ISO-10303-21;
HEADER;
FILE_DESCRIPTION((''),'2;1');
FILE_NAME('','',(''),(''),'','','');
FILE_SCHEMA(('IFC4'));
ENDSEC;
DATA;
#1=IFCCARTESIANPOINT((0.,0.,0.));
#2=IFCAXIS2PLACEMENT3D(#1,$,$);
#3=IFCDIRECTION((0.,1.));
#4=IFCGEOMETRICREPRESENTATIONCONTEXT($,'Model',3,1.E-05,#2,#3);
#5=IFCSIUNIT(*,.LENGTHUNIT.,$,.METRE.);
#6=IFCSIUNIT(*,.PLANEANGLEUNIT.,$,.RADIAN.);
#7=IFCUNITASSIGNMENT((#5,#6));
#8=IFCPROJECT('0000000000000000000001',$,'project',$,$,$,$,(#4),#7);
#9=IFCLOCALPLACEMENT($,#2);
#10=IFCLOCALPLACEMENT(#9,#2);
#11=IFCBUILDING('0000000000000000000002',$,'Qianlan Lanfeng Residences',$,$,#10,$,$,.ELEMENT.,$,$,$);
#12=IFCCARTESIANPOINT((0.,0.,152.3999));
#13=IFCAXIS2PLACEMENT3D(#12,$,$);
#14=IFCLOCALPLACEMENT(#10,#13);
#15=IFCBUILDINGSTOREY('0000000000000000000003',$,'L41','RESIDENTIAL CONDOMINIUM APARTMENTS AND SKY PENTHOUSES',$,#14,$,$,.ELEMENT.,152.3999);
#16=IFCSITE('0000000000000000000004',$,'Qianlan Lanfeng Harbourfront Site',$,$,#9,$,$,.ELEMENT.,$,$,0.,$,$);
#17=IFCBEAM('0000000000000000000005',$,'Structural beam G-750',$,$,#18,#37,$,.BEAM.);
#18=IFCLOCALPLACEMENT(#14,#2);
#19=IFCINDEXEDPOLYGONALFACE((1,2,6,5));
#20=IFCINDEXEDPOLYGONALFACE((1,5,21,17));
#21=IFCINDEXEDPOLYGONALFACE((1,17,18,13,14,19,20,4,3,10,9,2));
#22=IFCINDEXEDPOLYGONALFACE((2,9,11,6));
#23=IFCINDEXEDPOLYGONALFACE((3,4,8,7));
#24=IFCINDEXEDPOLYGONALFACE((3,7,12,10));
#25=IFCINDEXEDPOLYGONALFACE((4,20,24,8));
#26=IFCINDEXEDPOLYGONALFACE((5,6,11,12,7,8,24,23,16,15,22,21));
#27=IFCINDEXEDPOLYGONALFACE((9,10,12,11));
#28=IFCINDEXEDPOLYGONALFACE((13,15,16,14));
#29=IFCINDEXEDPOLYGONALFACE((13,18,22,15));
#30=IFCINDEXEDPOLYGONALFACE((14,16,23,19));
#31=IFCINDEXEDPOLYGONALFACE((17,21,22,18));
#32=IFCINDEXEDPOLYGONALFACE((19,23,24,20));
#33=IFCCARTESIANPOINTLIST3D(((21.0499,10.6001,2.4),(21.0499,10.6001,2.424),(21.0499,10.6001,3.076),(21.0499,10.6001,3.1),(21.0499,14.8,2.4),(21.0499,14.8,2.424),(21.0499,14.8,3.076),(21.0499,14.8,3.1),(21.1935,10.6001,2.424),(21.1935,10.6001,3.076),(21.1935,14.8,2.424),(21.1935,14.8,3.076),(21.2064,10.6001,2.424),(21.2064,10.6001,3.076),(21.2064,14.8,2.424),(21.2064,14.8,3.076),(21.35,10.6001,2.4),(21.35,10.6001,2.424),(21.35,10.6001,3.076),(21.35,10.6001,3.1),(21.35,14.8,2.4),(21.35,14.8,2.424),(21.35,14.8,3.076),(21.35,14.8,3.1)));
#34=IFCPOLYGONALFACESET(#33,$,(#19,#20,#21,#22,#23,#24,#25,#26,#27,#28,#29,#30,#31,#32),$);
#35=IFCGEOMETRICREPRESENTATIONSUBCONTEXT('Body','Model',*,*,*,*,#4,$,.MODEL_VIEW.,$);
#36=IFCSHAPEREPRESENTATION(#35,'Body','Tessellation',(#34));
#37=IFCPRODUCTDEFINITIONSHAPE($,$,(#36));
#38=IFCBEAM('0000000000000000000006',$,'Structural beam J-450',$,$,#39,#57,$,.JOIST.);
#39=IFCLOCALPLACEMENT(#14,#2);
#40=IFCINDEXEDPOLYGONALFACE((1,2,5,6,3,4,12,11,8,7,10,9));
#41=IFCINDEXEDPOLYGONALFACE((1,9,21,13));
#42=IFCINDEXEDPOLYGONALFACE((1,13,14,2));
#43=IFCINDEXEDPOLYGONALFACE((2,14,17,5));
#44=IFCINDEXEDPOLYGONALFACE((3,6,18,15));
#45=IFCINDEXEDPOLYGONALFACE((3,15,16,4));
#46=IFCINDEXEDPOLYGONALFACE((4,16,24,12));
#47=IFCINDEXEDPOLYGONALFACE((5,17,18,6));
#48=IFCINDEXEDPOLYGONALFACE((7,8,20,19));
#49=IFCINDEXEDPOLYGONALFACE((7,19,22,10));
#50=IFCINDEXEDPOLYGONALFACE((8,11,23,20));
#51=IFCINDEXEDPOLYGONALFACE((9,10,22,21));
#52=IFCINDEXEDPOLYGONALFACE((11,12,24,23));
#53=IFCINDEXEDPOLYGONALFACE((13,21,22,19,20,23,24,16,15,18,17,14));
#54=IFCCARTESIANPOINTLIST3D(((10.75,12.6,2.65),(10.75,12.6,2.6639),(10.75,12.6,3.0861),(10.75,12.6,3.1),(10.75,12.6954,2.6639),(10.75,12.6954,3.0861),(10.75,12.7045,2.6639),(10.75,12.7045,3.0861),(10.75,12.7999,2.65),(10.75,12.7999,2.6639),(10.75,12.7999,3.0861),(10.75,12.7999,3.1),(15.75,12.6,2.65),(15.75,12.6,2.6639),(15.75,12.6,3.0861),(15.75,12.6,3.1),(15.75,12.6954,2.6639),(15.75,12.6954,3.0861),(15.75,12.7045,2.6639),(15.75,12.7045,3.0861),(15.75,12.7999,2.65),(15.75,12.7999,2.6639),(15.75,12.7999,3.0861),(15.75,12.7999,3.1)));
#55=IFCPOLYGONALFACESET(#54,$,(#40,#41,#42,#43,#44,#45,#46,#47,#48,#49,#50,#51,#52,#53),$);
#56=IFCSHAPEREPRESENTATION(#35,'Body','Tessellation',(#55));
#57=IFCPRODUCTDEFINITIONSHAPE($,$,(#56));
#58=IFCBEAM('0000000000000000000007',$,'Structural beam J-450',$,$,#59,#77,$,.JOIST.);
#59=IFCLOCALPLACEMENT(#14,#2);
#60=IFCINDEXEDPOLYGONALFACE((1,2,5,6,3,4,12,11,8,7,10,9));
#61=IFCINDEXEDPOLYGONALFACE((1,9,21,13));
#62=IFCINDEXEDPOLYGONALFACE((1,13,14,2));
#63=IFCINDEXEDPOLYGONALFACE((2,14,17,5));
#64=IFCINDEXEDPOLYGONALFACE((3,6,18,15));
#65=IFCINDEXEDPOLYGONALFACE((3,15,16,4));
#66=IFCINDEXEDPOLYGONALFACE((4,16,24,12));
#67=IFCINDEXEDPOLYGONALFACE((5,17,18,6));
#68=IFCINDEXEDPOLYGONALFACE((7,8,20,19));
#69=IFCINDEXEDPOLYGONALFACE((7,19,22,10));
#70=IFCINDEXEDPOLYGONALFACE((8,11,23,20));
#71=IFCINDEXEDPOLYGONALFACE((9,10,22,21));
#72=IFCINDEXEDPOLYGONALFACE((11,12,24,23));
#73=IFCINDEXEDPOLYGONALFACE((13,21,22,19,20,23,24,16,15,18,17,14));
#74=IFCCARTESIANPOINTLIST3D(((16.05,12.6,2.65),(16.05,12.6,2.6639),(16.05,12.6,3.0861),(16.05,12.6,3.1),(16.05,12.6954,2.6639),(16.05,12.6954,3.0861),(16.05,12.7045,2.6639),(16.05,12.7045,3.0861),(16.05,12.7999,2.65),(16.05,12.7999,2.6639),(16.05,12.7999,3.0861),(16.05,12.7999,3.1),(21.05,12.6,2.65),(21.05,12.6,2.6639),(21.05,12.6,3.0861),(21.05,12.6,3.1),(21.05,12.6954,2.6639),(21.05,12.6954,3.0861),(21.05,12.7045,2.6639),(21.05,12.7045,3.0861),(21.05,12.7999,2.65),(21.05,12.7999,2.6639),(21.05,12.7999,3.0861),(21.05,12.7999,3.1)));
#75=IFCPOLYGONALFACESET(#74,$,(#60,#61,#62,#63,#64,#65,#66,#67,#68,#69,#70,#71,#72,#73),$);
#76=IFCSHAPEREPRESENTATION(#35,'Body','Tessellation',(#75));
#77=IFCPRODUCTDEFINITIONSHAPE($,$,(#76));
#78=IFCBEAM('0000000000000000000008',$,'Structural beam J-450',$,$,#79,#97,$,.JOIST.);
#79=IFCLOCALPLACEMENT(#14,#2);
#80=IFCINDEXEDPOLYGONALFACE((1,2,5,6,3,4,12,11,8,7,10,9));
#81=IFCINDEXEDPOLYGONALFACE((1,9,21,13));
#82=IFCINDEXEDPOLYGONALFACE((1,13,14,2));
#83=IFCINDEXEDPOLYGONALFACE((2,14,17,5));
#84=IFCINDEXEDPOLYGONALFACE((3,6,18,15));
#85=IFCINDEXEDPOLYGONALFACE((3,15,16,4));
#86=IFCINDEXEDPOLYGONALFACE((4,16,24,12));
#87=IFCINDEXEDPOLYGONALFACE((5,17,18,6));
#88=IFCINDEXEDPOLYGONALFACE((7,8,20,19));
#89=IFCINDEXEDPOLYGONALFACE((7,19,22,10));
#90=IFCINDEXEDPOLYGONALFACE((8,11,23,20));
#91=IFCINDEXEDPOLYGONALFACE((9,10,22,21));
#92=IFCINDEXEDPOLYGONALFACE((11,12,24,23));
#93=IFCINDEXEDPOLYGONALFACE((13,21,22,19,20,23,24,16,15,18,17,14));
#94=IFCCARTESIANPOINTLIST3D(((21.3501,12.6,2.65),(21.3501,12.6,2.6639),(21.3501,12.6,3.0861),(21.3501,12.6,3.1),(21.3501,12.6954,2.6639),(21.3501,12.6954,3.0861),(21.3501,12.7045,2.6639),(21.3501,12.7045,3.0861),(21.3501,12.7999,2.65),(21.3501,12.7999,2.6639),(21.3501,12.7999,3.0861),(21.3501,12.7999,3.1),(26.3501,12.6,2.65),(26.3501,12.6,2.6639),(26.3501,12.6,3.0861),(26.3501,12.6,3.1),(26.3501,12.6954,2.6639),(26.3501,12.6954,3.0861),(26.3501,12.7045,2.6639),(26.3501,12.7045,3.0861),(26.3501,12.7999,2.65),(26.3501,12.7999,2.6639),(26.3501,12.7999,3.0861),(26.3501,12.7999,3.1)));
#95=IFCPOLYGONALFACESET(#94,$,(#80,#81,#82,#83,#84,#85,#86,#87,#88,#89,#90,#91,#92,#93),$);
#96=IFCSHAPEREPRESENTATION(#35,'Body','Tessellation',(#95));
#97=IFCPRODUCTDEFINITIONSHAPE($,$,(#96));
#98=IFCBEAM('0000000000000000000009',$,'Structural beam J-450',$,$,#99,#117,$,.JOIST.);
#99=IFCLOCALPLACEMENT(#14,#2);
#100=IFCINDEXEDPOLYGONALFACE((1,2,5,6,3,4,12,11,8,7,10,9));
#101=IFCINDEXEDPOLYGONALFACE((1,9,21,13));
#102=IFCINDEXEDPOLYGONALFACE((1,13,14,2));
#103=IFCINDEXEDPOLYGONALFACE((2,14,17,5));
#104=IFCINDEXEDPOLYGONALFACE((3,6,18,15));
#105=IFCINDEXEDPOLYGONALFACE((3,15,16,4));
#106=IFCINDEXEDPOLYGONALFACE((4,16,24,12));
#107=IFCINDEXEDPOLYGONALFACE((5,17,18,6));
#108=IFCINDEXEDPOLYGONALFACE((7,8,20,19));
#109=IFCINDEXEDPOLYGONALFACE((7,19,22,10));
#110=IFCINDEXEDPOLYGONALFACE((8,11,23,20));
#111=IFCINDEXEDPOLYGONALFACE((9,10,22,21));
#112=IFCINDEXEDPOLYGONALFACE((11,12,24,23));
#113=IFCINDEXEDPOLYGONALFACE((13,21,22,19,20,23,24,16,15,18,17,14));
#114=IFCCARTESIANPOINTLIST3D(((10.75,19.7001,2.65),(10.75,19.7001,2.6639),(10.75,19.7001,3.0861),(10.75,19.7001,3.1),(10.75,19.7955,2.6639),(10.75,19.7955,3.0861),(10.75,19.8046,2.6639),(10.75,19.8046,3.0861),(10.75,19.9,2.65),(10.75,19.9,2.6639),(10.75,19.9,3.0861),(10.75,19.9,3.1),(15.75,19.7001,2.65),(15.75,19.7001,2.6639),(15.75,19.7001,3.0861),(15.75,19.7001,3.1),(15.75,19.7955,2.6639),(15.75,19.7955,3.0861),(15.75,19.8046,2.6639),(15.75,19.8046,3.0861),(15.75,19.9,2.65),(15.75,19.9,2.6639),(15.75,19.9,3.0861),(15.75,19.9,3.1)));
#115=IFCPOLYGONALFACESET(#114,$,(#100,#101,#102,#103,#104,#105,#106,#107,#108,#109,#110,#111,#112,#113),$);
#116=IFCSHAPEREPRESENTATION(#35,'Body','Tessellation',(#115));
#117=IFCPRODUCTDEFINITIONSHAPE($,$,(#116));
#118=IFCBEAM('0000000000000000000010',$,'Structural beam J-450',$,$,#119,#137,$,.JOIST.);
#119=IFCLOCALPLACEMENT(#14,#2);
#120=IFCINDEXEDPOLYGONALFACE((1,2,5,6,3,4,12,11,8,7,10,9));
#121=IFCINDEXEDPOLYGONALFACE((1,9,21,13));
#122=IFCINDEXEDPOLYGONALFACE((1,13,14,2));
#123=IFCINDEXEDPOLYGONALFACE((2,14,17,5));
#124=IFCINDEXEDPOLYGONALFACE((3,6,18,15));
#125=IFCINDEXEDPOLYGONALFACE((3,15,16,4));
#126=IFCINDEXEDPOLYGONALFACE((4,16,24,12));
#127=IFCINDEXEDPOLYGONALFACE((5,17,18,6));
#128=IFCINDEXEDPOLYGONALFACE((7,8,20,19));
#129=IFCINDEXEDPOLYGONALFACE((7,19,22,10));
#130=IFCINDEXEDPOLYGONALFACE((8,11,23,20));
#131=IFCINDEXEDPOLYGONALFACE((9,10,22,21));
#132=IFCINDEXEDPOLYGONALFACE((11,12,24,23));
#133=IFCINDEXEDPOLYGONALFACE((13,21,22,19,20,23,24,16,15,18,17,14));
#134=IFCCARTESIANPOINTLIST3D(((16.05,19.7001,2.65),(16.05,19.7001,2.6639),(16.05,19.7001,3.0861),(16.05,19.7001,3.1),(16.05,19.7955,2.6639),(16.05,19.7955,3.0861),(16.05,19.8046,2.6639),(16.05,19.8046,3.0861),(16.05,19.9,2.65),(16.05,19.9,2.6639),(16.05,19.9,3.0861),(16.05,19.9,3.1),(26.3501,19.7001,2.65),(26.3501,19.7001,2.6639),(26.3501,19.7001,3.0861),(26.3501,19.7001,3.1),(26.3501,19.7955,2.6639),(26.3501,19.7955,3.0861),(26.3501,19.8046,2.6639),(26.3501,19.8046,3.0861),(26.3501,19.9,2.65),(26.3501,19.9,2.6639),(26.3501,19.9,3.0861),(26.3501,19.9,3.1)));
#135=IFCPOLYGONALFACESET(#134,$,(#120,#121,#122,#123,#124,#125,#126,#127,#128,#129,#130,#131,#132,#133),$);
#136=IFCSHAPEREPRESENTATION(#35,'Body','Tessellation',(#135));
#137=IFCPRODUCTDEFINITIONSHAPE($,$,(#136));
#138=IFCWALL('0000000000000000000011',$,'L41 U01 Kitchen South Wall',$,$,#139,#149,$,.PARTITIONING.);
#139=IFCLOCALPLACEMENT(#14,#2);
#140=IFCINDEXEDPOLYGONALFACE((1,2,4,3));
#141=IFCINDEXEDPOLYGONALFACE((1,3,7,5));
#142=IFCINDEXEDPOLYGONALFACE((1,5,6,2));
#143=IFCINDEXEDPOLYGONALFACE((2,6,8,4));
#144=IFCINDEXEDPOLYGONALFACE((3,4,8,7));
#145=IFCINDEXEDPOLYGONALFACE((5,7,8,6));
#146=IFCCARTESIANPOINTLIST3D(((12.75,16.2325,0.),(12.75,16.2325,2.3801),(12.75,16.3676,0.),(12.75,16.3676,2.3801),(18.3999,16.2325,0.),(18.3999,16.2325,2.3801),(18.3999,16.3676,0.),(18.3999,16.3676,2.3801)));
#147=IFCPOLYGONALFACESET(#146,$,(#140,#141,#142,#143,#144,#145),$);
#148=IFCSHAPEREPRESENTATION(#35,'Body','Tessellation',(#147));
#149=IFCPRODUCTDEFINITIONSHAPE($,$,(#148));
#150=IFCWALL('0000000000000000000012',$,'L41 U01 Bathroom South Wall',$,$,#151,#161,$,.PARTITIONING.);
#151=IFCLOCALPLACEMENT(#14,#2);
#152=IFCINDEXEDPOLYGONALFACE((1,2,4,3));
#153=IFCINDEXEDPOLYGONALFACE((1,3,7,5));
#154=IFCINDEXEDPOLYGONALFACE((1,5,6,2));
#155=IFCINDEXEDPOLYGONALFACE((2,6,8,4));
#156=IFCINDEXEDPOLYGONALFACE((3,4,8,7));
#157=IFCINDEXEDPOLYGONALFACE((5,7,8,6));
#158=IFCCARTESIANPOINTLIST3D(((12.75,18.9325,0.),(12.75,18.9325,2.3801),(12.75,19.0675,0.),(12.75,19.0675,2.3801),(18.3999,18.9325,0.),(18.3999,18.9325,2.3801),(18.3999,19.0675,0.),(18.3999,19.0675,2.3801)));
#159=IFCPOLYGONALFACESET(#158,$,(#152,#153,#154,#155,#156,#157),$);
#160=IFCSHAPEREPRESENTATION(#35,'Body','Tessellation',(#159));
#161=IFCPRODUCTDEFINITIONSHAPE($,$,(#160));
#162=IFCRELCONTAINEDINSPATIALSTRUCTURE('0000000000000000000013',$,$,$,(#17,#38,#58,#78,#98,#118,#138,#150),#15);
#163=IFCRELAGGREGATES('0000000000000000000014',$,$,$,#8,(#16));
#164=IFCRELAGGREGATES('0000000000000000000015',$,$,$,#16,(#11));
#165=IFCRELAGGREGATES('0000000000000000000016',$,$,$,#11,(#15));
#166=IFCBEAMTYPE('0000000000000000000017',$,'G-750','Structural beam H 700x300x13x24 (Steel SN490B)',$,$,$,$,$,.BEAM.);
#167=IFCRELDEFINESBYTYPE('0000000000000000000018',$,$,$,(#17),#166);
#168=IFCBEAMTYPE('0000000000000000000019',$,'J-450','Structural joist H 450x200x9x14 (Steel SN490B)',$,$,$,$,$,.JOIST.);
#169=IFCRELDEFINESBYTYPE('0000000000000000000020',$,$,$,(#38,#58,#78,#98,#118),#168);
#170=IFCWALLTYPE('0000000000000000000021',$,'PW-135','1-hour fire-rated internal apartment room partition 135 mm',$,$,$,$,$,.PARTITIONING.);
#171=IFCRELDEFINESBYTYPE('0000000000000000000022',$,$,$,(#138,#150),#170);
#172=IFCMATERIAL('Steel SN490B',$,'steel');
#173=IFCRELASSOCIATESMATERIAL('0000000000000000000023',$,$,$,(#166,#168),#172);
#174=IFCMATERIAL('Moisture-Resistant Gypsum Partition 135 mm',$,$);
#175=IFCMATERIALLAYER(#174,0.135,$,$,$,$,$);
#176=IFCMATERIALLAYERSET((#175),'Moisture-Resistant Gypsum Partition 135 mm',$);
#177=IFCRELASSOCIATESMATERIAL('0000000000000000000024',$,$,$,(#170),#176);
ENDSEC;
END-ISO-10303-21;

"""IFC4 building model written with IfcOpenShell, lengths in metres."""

from ifc_helpers import new_model, si_unit, direction, frame, frame_2d, origin, origin_2d, place, context, subcontext, project, spatial, rectangle, i_section, extrude, material, layer, layer_set, material_profile, profile_set, type_object, element, save


model = new_model("IFC4")

# Units and contexts
model_context = context("Model", 3, precision=1e-05, world=origin(), true_north=direction((0.0, 1.0)))
body_context = subcontext(model_context, "Body", "Model", "MODEL_VIEW")
ifc_project = project(units=[si_unit("LENGTHUNIT", "METRE"), si_unit("PLANEANGLEUNIT", "RADIAN")], contexts=[model_context])

# Site, building, storey
site_placement = place(None, origin())
site = spatial("IfcSite", under=ifc_project, at=site_placement, Name="Qianlan Lanfeng Harbourfront Site", CompositionType="ELEMENT", RefElevation=0.0)
building_placement = place(site_placement, origin())
building = spatial("IfcBuilding", under=site, at=building_placement, Name="Qianlan Lanfeng Residences", CompositionType="ELEMENT")
storey_placement = place(building_placement, frame((0.0, 0.0, 152.3999)))
storey = spatial("IfcBuildingStorey", under=building, at=storey_placement, Name="L41", Description="RESIDENTIAL CONDOMINIUM APARTMENTS AND SKY PENTHOUSES", CompositionType="ELEMENT", Elevation=152.3999)

# Shared definitions
ifc_material_1 = material(Name="Steel SN490B", Category="steel")

# Beams
ifc_material_profile_1 = material_profile(ifc_material_1, i_section(OverallWidth=0.3, OverallDepth=0.7, WebThickness=0.0129, FlangeThickness=0.0239, at=origin_2d()), Name="H 700x300x13x24")
ifc_profile_set_1 = profile_set([ifc_material_profile_1], Name="Steel SN490B")
beam_type_1 = type_object("IfcBeamType", Name="G-750", Description="Structural beam H 700x300x13x24 (Steel SN490B)", PredefinedType="BEAM", material=ifc_profile_set_1)
beam_1_placement = place(storey_placement, frame((21.2, 10.6001, 2.75), z_axis=(0.0, 1.0, 0.0), x_axis=(-1.0, 0.0, 0.0)))
element("IfcBeam", 1, at=beam_1_placement, inside=storey, type_object=beam_type_1, Name="Structural beam G-750", PredefinedType="BEAM", context=body_context, shape_type="SweptSolid", body=[
    extrude(i_section(OverallWidth=0.3, OverallDepth=0.7, WebThickness=0.0129, FlangeThickness=0.0239, at=origin_2d()), origin(), (0.0, 0.0, 1.0), 4.2),
])
ifc_material_profile_2 = material_profile(ifc_material_1, i_section(OverallWidth=0.2, OverallDepth=0.45, WebThickness=0.009, FlangeThickness=0.0139, at=origin_2d()), Name="H 450x200x9x14")
ifc_profile_set_2 = profile_set([ifc_material_profile_2], Name="Steel SN490B")
beam_type_2 = type_object("IfcBeamType", Name="J-450", Description="Structural joist H 450x200x9x14 (Steel SN490B)", PredefinedType="JOIST", material=ifc_profile_set_2)
for number, where, z_axis, x_axis, name in (
    (2, (10.75, 12.7, 2.875), (1.0, 0.0, 0.0), (0.0, 1.0, 0.0), "Structural beam J-450"),
    (3, (16.05, 12.7, 2.875), (1.0, 0.0, 0.0), (0.0, 1.0, 0.0), "Structural beam J-450"),
    (4, (21.3501, 12.7, 2.875), (1.0, 0.0, 0.0), (0.0, 1.0, 0.0), "Structural beam J-450"),
    (5, (10.75, 19.8, 2.875), (1.0, 0.0, 0.0), (0.0, 1.0, 0.0), "Structural beam J-450"),
):
    element("IfcBeam", number, at=place(storey_placement, frame(where, z_axis=z_axis, x_axis=x_axis)), inside=storey, type_object=beam_type_2, Name=name, PredefinedType="JOIST", context=body_context, shape_type="SweptSolid", body=[
        extrude(i_section(OverallWidth=0.2, OverallDepth=0.45, WebThickness=0.009, FlangeThickness=0.0139, at=origin_2d()), origin(), (0.0, 0.0, 1.0), 5.0),
    ])
beam_2_placement = place(storey_placement, frame((16.05, 19.8, 2.875), z_axis=(1.0, 0.0, 0.0), x_axis=(0.0, 1.0, 0.0)))
element("IfcBeam", 6, at=beam_2_placement, inside=storey, type_object=beam_type_2, Name="Structural beam J-450", PredefinedType="JOIST", context=body_context, shape_type="SweptSolid", body=[
    extrude(i_section(OverallWidth=0.2, OverallDepth=0.45, WebThickness=0.009, FlangeThickness=0.0139, at=origin_2d()), origin(), (0.0, 0.0, 1.0), 10.3),
])

# Shared definitions
ifc_material_2 = material(Name="Moisture-Resistant Gypsum Partition 135 mm")
ifc_layer = layer(ifc_material_2, 0.135)
ifc_layer_set = layer_set([ifc_layer], Name="Moisture-Resistant Gypsum Partition 135 mm")
wall_type = type_object("IfcWallType", Name="PW-135", Description="1-hour fire-rated internal apartment room partition 135 mm", PredefinedType="PARTITIONING", material=ifc_layer_set)

# Walls
for number, where, z_axis, x_axis, name in (
    (7, (12.75, 16.3, 0.0), (0.0, 0.0, 1.0), (1.0, 0.0, 0.0), "L41 U01 Kitchen South Wall"),
    (8, (12.75, 19.0, 0.0), (0.0, 0.0, 1.0), (1.0, 0.0, 0.0), "L41 U01 Bathroom South Wall"),
):
    element("IfcWall", number, at=place(storey_placement, frame(where, z_axis=z_axis, x_axis=x_axis)), inside=storey, type_object=wall_type, Name=name, PredefinedType="PARTITIONING", context=body_context, shape_type="SweptSolid", body=[
        extrude(rectangle(XDim=5.6499, YDim=0.135, at=frame_2d((2.825, 0.0))), origin(), (0.0, 0.0, 1.0), 2.3801),
    ])

save(model, "model.ifc")
